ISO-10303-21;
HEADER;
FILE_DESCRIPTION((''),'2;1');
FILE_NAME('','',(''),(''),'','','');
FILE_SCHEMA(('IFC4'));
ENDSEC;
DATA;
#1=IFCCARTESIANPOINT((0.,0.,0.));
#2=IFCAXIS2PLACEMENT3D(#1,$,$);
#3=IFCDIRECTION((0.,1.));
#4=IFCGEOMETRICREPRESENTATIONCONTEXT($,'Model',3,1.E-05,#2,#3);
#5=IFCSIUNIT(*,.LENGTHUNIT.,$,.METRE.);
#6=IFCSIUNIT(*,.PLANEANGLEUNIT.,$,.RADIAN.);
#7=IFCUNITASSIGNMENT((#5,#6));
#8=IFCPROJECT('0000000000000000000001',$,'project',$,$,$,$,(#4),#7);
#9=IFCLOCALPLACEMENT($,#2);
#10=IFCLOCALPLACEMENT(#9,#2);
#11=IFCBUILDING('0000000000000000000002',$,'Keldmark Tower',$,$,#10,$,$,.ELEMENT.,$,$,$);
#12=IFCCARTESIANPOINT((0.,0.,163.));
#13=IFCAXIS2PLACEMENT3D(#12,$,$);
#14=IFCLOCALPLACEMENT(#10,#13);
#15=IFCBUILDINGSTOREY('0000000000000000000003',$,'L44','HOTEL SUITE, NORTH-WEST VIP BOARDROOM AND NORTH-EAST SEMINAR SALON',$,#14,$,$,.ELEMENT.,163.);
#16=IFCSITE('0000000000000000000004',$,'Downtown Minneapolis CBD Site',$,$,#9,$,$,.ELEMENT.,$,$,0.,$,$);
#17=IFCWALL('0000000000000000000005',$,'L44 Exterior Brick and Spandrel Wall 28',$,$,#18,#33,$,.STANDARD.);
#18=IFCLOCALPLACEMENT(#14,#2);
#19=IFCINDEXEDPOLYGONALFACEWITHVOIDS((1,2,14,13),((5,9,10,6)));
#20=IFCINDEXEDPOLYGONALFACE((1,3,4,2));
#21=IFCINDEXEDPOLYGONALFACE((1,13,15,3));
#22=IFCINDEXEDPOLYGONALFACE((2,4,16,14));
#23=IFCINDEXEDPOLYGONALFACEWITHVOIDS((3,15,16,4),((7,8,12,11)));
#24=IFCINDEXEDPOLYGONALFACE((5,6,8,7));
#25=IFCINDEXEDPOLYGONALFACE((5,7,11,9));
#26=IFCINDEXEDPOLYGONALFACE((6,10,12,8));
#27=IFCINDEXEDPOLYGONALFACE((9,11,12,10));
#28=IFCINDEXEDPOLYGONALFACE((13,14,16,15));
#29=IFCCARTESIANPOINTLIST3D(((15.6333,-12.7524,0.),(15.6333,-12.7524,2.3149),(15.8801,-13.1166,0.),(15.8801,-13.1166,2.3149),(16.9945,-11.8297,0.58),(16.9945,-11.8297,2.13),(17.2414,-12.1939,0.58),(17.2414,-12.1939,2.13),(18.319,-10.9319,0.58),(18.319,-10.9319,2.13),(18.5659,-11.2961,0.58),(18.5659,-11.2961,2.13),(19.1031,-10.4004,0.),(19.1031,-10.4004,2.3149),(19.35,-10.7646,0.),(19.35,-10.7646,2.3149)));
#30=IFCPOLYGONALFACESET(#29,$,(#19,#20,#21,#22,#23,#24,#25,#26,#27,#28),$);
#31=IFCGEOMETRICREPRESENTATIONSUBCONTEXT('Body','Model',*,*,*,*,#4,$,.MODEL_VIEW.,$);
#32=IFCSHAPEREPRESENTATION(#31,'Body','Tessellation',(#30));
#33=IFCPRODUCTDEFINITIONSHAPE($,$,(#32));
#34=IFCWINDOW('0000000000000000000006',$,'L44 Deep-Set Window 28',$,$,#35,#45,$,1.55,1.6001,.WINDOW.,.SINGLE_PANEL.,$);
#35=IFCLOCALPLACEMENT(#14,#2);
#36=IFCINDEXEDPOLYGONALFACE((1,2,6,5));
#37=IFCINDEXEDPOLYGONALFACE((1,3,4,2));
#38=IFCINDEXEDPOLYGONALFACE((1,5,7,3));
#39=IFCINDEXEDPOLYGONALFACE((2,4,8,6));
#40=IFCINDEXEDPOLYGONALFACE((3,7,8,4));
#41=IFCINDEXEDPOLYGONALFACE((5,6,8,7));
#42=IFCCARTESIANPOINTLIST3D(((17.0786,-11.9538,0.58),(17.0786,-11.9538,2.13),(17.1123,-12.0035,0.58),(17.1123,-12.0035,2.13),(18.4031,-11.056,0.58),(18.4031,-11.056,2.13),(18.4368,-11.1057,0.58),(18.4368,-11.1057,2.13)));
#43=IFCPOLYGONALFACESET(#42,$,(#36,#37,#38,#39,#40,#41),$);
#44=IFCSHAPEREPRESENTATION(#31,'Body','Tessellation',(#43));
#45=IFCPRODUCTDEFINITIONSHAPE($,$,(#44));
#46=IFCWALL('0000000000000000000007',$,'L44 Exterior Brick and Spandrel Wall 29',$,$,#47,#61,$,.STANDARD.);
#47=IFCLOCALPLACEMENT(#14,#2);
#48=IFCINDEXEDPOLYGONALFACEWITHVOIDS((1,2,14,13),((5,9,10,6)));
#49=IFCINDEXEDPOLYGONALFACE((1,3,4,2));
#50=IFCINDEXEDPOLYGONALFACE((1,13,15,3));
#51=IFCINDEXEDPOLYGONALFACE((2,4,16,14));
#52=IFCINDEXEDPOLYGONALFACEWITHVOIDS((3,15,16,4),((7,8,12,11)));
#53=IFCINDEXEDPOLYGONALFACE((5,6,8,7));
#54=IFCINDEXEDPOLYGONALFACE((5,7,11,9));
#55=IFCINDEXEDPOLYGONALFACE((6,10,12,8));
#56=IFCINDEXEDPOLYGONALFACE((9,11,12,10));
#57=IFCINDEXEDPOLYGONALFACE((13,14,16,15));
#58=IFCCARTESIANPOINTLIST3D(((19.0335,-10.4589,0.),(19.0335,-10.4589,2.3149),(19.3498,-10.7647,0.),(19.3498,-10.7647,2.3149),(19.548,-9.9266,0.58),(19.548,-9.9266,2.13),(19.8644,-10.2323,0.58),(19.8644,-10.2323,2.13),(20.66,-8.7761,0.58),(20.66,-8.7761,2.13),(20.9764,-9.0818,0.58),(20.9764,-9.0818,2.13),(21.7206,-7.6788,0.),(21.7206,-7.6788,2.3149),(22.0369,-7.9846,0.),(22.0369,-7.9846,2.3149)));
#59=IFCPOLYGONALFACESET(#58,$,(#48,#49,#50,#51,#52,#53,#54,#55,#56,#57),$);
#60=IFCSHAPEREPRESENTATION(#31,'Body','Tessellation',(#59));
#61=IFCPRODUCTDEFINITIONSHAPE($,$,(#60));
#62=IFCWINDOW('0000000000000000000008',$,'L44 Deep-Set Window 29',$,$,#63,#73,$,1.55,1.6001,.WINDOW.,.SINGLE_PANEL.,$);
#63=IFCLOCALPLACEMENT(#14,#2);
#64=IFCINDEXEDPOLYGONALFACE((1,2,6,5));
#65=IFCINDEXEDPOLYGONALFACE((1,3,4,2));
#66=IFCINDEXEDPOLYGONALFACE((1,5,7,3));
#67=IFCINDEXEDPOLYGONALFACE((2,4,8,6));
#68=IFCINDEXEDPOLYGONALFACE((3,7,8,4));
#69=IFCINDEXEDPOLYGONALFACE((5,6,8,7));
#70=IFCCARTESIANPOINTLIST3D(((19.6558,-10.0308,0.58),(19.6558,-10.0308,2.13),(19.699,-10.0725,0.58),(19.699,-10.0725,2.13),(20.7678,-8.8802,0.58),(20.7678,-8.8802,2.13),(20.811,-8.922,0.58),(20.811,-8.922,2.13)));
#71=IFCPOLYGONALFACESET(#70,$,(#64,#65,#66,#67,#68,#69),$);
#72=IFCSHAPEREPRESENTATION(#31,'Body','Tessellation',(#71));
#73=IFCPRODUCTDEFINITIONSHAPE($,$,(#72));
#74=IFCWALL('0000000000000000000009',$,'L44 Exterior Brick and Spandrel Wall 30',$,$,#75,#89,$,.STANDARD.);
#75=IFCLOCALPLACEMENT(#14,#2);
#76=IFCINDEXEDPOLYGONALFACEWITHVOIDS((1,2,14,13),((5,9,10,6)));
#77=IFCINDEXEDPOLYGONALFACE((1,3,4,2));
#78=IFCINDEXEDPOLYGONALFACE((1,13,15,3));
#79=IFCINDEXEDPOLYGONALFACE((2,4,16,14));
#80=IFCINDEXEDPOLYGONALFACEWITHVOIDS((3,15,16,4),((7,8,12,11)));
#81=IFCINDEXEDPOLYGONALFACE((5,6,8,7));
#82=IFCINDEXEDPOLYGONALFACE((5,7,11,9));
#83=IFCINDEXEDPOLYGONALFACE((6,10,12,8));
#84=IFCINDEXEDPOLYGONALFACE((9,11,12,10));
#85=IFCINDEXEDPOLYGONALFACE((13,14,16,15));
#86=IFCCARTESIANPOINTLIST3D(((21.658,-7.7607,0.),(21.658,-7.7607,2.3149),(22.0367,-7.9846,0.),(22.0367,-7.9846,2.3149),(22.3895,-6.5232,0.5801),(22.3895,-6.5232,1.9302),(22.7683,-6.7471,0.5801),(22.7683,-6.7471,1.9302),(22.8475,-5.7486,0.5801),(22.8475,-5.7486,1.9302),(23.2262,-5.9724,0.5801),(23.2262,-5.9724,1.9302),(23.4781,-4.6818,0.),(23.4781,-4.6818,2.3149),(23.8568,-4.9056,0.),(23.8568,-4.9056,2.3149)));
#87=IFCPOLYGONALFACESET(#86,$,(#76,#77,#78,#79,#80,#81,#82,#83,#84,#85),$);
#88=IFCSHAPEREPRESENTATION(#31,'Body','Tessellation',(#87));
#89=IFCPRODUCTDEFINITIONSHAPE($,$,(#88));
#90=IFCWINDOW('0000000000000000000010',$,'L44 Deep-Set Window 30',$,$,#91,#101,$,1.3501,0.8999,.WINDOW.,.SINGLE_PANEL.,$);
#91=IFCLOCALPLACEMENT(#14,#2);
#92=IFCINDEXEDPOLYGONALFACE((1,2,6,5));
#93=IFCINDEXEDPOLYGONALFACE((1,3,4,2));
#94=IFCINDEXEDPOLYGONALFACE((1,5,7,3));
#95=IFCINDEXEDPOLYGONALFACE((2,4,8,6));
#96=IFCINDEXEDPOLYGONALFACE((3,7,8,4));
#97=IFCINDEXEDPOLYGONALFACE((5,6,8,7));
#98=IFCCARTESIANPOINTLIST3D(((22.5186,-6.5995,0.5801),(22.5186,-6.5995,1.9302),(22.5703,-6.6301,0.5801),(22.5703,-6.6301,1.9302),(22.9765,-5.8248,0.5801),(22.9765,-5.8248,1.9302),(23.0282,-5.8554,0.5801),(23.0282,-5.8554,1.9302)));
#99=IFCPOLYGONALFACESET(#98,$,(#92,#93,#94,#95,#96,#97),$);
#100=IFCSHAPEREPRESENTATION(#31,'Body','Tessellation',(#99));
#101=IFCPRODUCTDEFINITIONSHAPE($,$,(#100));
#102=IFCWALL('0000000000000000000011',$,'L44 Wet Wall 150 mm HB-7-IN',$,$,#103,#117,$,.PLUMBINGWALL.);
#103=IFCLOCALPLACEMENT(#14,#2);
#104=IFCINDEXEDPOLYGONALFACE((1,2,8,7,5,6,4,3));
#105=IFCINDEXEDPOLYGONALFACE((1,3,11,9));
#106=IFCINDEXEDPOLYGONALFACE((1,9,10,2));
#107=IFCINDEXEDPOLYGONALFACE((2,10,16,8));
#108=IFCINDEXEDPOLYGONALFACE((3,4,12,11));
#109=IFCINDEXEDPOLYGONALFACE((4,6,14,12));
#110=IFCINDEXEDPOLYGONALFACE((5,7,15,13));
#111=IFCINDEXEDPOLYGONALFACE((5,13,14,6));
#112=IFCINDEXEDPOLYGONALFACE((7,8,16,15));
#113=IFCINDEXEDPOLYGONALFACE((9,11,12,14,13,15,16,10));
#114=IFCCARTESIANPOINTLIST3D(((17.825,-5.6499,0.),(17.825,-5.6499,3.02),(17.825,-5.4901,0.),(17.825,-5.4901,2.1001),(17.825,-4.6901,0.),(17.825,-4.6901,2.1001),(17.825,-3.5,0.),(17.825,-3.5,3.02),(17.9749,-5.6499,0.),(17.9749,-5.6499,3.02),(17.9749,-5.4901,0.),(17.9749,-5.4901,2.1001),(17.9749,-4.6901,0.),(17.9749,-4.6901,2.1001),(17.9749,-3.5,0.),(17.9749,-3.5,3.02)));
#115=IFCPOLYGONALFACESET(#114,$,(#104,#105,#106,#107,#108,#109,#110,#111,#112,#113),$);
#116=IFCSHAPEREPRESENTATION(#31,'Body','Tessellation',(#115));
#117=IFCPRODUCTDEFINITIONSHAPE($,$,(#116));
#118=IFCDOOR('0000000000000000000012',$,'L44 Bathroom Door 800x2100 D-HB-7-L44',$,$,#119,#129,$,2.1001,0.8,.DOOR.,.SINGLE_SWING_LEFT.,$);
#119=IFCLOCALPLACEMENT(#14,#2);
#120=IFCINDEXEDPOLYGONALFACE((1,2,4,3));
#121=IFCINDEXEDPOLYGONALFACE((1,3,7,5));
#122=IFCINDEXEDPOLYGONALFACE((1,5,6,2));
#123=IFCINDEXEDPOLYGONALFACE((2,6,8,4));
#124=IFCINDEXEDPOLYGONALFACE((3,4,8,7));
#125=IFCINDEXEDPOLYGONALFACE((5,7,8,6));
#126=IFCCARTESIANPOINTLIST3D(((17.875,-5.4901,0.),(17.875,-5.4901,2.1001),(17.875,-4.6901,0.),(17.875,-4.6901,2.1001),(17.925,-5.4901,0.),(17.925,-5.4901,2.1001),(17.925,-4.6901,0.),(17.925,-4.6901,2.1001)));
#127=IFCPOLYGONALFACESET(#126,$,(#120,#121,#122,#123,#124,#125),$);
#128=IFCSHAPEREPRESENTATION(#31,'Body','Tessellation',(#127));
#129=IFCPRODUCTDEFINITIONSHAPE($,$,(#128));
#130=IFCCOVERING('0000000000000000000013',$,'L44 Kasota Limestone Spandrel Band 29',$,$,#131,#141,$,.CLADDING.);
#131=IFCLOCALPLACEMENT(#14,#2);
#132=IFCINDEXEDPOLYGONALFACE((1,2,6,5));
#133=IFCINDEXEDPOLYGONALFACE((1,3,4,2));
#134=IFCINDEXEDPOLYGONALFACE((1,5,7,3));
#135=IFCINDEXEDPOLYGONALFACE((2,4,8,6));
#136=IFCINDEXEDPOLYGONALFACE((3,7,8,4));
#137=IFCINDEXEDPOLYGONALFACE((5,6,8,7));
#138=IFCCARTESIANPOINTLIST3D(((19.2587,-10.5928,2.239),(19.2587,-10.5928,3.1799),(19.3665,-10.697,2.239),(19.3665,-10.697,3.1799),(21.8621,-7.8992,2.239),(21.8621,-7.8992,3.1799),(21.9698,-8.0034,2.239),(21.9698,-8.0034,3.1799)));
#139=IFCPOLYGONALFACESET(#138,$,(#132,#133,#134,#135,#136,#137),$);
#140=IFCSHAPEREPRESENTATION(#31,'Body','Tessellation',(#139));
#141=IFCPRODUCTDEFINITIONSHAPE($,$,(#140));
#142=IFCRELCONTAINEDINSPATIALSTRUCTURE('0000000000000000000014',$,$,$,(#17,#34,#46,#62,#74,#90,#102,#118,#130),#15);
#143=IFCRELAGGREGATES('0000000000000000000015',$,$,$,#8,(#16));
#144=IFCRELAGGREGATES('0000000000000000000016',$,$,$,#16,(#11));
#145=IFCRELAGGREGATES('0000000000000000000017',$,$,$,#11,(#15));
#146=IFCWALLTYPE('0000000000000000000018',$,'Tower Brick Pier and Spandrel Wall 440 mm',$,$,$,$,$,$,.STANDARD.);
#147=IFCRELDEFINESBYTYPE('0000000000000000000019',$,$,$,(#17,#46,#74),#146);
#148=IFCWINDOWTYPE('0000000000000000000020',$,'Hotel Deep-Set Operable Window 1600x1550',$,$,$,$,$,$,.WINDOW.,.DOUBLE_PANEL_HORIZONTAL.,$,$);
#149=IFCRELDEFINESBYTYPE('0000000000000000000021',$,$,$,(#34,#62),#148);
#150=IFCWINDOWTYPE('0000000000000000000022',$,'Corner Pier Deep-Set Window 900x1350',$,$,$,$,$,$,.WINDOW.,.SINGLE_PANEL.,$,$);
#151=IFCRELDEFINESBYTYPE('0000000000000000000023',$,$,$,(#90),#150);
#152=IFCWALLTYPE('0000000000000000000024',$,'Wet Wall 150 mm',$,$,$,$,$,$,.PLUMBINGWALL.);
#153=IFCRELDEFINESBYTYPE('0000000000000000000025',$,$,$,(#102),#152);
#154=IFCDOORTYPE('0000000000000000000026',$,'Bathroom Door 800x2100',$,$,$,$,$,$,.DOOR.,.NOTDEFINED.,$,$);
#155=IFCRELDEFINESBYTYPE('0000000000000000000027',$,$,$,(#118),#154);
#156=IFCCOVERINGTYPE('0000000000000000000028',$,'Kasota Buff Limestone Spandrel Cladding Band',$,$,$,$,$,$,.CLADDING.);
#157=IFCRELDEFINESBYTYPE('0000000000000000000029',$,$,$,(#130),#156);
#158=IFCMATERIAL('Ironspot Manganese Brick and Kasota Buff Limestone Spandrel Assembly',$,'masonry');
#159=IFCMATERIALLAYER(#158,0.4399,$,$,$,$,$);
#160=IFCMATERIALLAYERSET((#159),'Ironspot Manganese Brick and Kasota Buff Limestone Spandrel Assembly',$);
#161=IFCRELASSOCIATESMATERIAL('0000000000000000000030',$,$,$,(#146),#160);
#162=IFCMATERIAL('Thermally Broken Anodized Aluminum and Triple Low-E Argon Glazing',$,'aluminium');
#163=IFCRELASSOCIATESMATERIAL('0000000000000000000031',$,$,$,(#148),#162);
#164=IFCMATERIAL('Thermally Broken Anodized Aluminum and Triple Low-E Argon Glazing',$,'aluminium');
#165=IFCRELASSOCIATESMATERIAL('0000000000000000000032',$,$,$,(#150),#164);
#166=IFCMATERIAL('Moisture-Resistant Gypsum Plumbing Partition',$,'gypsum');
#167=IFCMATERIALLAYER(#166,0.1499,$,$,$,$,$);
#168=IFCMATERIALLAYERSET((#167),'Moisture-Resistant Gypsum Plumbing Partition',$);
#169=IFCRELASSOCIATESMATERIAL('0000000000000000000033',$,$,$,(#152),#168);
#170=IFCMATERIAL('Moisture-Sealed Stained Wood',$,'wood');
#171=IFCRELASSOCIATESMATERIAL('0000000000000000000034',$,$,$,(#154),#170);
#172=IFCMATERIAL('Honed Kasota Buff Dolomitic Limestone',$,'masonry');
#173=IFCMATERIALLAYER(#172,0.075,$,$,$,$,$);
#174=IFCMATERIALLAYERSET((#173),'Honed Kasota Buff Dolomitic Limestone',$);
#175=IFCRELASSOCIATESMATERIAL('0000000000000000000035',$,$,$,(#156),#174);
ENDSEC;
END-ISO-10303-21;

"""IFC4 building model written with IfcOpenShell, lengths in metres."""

from ifc_helpers import new_model, si_unit, direction, frame, frame_2d, origin, origin_2d, place, context, subcontext, project, spatial, rectangle, extrude, material, layer, layer_set, type_object, element, fill, save


model = new_model("IFC4")

# Units and contexts
model_context = context("Model", 3, precision=1e-05, world=origin(), true_north=direction((0.0, 1.0)))
body_context = subcontext(model_context, "Body", "Model", "MODEL_VIEW")
ifc_project = project(units=[si_unit("LENGTHUNIT", "METRE"), si_unit("PLANEANGLEUNIT", "RADIAN")], contexts=[model_context])

# Site, building, storey
site_placement = place(None, origin())
site = spatial("IfcSite", under=ifc_project, at=site_placement, Name="Downtown Minneapolis CBD Site", CompositionType="ELEMENT", RefElevation=0.0)
building_placement = place(site_placement, origin())
building = spatial("IfcBuilding", under=site, at=building_placement, Name="Keldmark Tower", CompositionType="ELEMENT")
storey_placement = place(building_placement, frame((0.0, 0.0, 163.0)))
storey = spatial("IfcBuildingStorey", under=building, at=storey_placement, Name="L44", Description="HOTEL SUITE, NORTH-WEST VIP BOARDROOM AND NORTH-EAST SEMINAR SALON", CompositionType="ELEMENT", Elevation=163.0)

# Walls, openings, windows
ifc_material_1 = material(Name="Ironspot Manganese Brick and Kasota Buff Limestone Spandrel Assembly", Category="masonry")
ifc_layer_1 = layer(ifc_material_1, 0.4399)
ifc_layer_set_1 = layer_set([ifc_layer_1], Name="Ironspot Manganese Brick and Kasota Buff Limestone Spandrel Assembly")
wall_type_1 = type_object("IfcWallType", Name="Tower Brick Pier and Spandrel Wall 440 mm", PredefinedType="STANDARD", material=ifc_layer_set_1)
wall_1_placement = place(storey_placement, frame((19.2266, -10.5825, 0.0), z_axis=(0.0, 0.0, 1.0), x_axis=(-0.827761, -0.561081, 0.0)))
wall_1 = element("IfcWall", 1, at=wall_1_placement, inside=storey, type_object=wall_type_1, Name="L44 Exterior Brick and Spandrel Wall 28", PredefinedType="STANDARD", context=body_context, shape_type="SweptSolid", body=[
    extrude(rectangle(XDim=4.1919, YDim=0.4399, at=frame_2d((2.0959, 0.0))), origin(), (0.0, 0.0, 1.0), 2.3149),
])
opening_1_placement = place(wall_1_placement, frame((0.9473, 0.0, 0.5801)))
opening_1 = element("IfcOpeningElement", 2, at=opening_1_placement, cuts=wall_1, PredefinedType="OPENING", context=body_context, shape_type="SweptSolid", body=[
    extrude(rectangle(XDim=1.6001, YDim=1.55, at=frame_2d((0.8, 0.7749))), frame((0.0, 0.23, 0.0), z_axis=(0.0, -1.0, 0.0), x_axis=(1.0, 0.0, 0.0)), (0.0, 0.0, 1.0), 0.46),
])
ifc_material_2 = material(Name="Thermally Broken Anodized Aluminum and Triple Low-E Argon Glazing", Category="aluminium")
window_type_1 = type_object("IfcWindowType", Name="Hotel Deep-Set Operable Window 1600x1550", PartitioningType="DOUBLE_PANEL_HORIZONTAL", PredefinedType="WINDOW", material=ifc_material_2)
window_1_placement = place(opening_1_placement, origin())
window_1 = element("IfcWindow", 3, at=window_1_placement, inside=storey, type_object=window_type_1, Name="L44 Deep-Set Window 28", OverallHeight=1.55, OverallWidth=1.6001, PartitioningType="SINGLE_PANEL", PredefinedType="WINDOW", context=body_context, shape_type="SweptSolid", body=[
    extrude(rectangle(XDim=1.6001, YDim=1.55, at=frame_2d((0.8, 0.7749))), frame((0.0, -0.01, 0.0), z_axis=(0.0, -1.0, 0.0), x_axis=(1.0, 0.0, 0.0)), (0.0, 0.0, 1.0), 0.0601),
])
fill(opening_1, window_1)
wall_2_placement = place(storey_placement, frame((21.8787, -7.8318, 0.0), z_axis=(0.0, 0.0, 1.0), x_axis=(-0.694975, -0.719034, 0.0)))
wall_2 = element("IfcWall", 4, at=wall_2_placement, inside=storey, type_object=wall_type_1, Name="L44 Exterior Brick and Spandrel Wall 29", PredefinedType="STANDARD", context=body_context, shape_type="SweptSolid", body=[
    extrude(rectangle(XDim=3.8665, YDim=0.4399, at=frame_2d((1.9331, 0.0))), origin(), (0.0, 0.0, 1.0), 2.3149),
])
opening_2_placement = place(wall_2_placement, frame((1.5259, 0.0, 0.5801)))
opening_2 = element("IfcOpeningElement", 5, at=opening_2_placement, cuts=wall_2, PredefinedType="OPENING", context=body_context, shape_type="SweptSolid", body=[
    extrude(rectangle(XDim=1.6001, YDim=1.55, at=frame_2d((0.8, 0.7749))), frame((0.0, 0.23, 0.0), z_axis=(0.0, -1.0, 0.0), x_axis=(1.0, 0.0, 0.0)), (0.0, 0.0, 1.0), 0.46),
])
window_2_placement = place(opening_2_placement, origin())
window_2 = element("IfcWindow", 6, at=window_2_placement, inside=storey, type_object=window_type_1, Name="L44 Deep-Set Window 29", OverallHeight=1.55, OverallWidth=1.6001, PartitioningType="SINGLE_PANEL", PredefinedType="WINDOW", context=body_context, shape_type="SweptSolid", body=[
    extrude(rectangle(XDim=1.6001, YDim=1.55, at=frame_2d((0.8, 0.7749))), frame((0.0, -0.01, 0.0), z_axis=(0.0, -1.0, 0.0), x_axis=(1.0, 0.0, 0.0)), (0.0, 0.0, 1.0), 0.0601),
])
fill(opening_2, window_2)
wall_3_placement = place(storey_placement, frame((23.6675, -4.7937, 0.0), z_axis=(0.0, 0.0, 1.0), x_axis=(-0.508883, -0.860835, 0.0)))
wall_3 = element("IfcWall", 7, at=wall_3_placement, inside=storey, type_object=wall_type_1, Name="L44 Exterior Brick and Spandrel Wall 30", PredefinedType="STANDARD", context=body_context, shape_type="SweptSolid", body=[
    extrude(rectangle(XDim=3.5767, YDim=0.4399, at=frame_2d((1.7883, 0.0))), origin(), (0.0, 0.0, 1.0), 2.3149),
])
opening_3_placement = place(wall_3_placement, frame((1.2393, 0.0, 0.5801)))
opening_3 = element("IfcOpeningElement", 8, at=opening_3_placement, cuts=wall_3, PredefinedType="OPENING", context=body_context, shape_type="SweptSolid", body=[
    extrude(rectangle(XDim=0.8999, YDim=1.3501, at=frame_2d((0.45, 0.675))), frame((0.0, 0.23, 0.0), z_axis=(0.0, -1.0, 0.0), x_axis=(1.0, 0.0, 0.0)), (0.0, 0.0, 1.0), 0.46),
])
ifc_material_3 = material(Name="Thermally Broken Anodized Aluminum and Triple Low-E Argon Glazing", Category="aluminium")
window_type_2 = type_object("IfcWindowType", Name="Corner Pier Deep-Set Window 900x1350", PartitioningType="SINGLE_PANEL", PredefinedType="WINDOW", material=ifc_material_3)
window_3_placement = place(opening_3_placement, origin())
window_3 = element("IfcWindow", 9, at=window_3_placement, inside=storey, type_object=window_type_2, Name="L44 Deep-Set Window 30", OverallHeight=1.3501, OverallWidth=0.8999, PartitioningType="SINGLE_PANEL", PredefinedType="WINDOW", context=body_context, shape_type="SweptSolid", body=[
    extrude(rectangle(XDim=0.8999, YDim=1.3501, at=frame_2d((0.45, 0.675))), frame((0.0, -0.01, 0.0), z_axis=(0.0, -1.0, 0.0), x_axis=(1.0, 0.0, 0.0)), (0.0, 0.0, 1.0), 0.0601),
])
fill(opening_3, window_3)

# Wall, opening, door
ifc_material_4 = material(Name="Moisture-Resistant Gypsum Plumbing Partition", Category="gypsum")
ifc_layer_2 = layer(ifc_material_4, 0.1499)
ifc_layer_set_2 = layer_set([ifc_layer_2], Name="Moisture-Resistant Gypsum Plumbing Partition")
wall_type_2 = type_object("IfcWallType", Name="Wet Wall 150 mm", PredefinedType="PLUMBINGWALL", material=ifc_layer_set_2)
wall_4_placement = place(storey_placement, frame((17.8999, -5.6499, 0.0), z_axis=(0.0, 0.0, 1.0), x_axis=(0.0, 1.0, 0.0)))
wall_4 = element("IfcWall", 10, at=wall_4_placement, inside=storey, type_object=wall_type_2, Name="L44 Wet Wall 150 mm HB-7-IN", PredefinedType="PLUMBINGWALL", context=body_context, shape_type="SweptSolid", body=[
    extrude(rectangle(XDim=2.1499, YDim=0.1499, at=frame_2d((1.075, 0.0))), origin(), (0.0, 0.0, 1.0), 3.02),
])
opening_4_placement = place(wall_4_placement, frame((0.1599, 0.0, 0.0)))
opening_4 = element("IfcOpeningElement", 11, at=opening_4_placement, cuts=wall_4, PredefinedType="OPENING", context=body_context, shape_type="SweptSolid", body=[
    extrude(rectangle(XDim=0.8, YDim=2.1001, at=frame_2d((0.3999, 1.05))), frame((0.0, 0.085, 0.0), z_axis=(0.0, -1.0, 0.0), x_axis=(1.0, 0.0, 0.0)), (0.0, 0.0, 1.0), 0.1699),
])
ifc_material_5 = material(Name="Moisture-Sealed Stained Wood", Category="wood")
door_type = type_object("IfcDoorType", Name="Bathroom Door 800x2100", OperationType="NOTDEFINED", PredefinedType="DOOR", material=ifc_material_5)
door_placement = place(opening_4_placement, origin())
door = element("IfcDoor", 12, at=door_placement, inside=storey, type_object=door_type, Name="L44 Bathroom Door 800x2100 D-HB-7-L44", OperationType="SINGLE_SWING_LEFT", OverallHeight=2.1001, OverallWidth=0.8, PredefinedType="DOOR", context=body_context, shape_type="SweptSolid", body=[
    extrude(rectangle(XDim=0.8, YDim=2.1001, at=frame_2d((0.3999, 1.05))), frame((0.0, 0.0249, 0.0), z_axis=(0.0, -1.0, 0.0), x_axis=(1.0, 0.0, 0.0)), (0.0, 0.0, 1.0), 0.05),
])
fill(opening_4, door)

# Covering
ifc_material_6 = material(Name="Honed Kasota Buff Dolomitic Limestone", Category="masonry")
ifc_layer_3 = layer(ifc_material_6, 0.075)
ifc_layer_set_3 = layer_set([ifc_layer_3], Name="Honed Kasota Buff Dolomitic Limestone")
covering_type = type_object("IfcCoveringType", Name="Kasota Buff Limestone Spandrel Cladding Band", PredefinedType="CLADDING", material=ifc_layer_set_3)
covering_placement = place(storey_placement, frame((20.6143, -9.2981, 2.239), z_axis=(0.0, 0.0, 1.0), x_axis=(0.69496, 0.719049, 0.0)))
element("IfcCovering", 13, at=covering_placement, inside=storey, type_object=covering_type, Name="L44 Kasota Limestone Spandrel Band 29", PredefinedType="CLADDING", context=body_context, shape_type="SweptSolid", body=[
    extrude(rectangle(XDim=3.7461, YDim=0.1499, at=origin_2d()), origin(), (0.0, 0.0, 1.0), 0.9409),
])

save(model, "model.ifc")
